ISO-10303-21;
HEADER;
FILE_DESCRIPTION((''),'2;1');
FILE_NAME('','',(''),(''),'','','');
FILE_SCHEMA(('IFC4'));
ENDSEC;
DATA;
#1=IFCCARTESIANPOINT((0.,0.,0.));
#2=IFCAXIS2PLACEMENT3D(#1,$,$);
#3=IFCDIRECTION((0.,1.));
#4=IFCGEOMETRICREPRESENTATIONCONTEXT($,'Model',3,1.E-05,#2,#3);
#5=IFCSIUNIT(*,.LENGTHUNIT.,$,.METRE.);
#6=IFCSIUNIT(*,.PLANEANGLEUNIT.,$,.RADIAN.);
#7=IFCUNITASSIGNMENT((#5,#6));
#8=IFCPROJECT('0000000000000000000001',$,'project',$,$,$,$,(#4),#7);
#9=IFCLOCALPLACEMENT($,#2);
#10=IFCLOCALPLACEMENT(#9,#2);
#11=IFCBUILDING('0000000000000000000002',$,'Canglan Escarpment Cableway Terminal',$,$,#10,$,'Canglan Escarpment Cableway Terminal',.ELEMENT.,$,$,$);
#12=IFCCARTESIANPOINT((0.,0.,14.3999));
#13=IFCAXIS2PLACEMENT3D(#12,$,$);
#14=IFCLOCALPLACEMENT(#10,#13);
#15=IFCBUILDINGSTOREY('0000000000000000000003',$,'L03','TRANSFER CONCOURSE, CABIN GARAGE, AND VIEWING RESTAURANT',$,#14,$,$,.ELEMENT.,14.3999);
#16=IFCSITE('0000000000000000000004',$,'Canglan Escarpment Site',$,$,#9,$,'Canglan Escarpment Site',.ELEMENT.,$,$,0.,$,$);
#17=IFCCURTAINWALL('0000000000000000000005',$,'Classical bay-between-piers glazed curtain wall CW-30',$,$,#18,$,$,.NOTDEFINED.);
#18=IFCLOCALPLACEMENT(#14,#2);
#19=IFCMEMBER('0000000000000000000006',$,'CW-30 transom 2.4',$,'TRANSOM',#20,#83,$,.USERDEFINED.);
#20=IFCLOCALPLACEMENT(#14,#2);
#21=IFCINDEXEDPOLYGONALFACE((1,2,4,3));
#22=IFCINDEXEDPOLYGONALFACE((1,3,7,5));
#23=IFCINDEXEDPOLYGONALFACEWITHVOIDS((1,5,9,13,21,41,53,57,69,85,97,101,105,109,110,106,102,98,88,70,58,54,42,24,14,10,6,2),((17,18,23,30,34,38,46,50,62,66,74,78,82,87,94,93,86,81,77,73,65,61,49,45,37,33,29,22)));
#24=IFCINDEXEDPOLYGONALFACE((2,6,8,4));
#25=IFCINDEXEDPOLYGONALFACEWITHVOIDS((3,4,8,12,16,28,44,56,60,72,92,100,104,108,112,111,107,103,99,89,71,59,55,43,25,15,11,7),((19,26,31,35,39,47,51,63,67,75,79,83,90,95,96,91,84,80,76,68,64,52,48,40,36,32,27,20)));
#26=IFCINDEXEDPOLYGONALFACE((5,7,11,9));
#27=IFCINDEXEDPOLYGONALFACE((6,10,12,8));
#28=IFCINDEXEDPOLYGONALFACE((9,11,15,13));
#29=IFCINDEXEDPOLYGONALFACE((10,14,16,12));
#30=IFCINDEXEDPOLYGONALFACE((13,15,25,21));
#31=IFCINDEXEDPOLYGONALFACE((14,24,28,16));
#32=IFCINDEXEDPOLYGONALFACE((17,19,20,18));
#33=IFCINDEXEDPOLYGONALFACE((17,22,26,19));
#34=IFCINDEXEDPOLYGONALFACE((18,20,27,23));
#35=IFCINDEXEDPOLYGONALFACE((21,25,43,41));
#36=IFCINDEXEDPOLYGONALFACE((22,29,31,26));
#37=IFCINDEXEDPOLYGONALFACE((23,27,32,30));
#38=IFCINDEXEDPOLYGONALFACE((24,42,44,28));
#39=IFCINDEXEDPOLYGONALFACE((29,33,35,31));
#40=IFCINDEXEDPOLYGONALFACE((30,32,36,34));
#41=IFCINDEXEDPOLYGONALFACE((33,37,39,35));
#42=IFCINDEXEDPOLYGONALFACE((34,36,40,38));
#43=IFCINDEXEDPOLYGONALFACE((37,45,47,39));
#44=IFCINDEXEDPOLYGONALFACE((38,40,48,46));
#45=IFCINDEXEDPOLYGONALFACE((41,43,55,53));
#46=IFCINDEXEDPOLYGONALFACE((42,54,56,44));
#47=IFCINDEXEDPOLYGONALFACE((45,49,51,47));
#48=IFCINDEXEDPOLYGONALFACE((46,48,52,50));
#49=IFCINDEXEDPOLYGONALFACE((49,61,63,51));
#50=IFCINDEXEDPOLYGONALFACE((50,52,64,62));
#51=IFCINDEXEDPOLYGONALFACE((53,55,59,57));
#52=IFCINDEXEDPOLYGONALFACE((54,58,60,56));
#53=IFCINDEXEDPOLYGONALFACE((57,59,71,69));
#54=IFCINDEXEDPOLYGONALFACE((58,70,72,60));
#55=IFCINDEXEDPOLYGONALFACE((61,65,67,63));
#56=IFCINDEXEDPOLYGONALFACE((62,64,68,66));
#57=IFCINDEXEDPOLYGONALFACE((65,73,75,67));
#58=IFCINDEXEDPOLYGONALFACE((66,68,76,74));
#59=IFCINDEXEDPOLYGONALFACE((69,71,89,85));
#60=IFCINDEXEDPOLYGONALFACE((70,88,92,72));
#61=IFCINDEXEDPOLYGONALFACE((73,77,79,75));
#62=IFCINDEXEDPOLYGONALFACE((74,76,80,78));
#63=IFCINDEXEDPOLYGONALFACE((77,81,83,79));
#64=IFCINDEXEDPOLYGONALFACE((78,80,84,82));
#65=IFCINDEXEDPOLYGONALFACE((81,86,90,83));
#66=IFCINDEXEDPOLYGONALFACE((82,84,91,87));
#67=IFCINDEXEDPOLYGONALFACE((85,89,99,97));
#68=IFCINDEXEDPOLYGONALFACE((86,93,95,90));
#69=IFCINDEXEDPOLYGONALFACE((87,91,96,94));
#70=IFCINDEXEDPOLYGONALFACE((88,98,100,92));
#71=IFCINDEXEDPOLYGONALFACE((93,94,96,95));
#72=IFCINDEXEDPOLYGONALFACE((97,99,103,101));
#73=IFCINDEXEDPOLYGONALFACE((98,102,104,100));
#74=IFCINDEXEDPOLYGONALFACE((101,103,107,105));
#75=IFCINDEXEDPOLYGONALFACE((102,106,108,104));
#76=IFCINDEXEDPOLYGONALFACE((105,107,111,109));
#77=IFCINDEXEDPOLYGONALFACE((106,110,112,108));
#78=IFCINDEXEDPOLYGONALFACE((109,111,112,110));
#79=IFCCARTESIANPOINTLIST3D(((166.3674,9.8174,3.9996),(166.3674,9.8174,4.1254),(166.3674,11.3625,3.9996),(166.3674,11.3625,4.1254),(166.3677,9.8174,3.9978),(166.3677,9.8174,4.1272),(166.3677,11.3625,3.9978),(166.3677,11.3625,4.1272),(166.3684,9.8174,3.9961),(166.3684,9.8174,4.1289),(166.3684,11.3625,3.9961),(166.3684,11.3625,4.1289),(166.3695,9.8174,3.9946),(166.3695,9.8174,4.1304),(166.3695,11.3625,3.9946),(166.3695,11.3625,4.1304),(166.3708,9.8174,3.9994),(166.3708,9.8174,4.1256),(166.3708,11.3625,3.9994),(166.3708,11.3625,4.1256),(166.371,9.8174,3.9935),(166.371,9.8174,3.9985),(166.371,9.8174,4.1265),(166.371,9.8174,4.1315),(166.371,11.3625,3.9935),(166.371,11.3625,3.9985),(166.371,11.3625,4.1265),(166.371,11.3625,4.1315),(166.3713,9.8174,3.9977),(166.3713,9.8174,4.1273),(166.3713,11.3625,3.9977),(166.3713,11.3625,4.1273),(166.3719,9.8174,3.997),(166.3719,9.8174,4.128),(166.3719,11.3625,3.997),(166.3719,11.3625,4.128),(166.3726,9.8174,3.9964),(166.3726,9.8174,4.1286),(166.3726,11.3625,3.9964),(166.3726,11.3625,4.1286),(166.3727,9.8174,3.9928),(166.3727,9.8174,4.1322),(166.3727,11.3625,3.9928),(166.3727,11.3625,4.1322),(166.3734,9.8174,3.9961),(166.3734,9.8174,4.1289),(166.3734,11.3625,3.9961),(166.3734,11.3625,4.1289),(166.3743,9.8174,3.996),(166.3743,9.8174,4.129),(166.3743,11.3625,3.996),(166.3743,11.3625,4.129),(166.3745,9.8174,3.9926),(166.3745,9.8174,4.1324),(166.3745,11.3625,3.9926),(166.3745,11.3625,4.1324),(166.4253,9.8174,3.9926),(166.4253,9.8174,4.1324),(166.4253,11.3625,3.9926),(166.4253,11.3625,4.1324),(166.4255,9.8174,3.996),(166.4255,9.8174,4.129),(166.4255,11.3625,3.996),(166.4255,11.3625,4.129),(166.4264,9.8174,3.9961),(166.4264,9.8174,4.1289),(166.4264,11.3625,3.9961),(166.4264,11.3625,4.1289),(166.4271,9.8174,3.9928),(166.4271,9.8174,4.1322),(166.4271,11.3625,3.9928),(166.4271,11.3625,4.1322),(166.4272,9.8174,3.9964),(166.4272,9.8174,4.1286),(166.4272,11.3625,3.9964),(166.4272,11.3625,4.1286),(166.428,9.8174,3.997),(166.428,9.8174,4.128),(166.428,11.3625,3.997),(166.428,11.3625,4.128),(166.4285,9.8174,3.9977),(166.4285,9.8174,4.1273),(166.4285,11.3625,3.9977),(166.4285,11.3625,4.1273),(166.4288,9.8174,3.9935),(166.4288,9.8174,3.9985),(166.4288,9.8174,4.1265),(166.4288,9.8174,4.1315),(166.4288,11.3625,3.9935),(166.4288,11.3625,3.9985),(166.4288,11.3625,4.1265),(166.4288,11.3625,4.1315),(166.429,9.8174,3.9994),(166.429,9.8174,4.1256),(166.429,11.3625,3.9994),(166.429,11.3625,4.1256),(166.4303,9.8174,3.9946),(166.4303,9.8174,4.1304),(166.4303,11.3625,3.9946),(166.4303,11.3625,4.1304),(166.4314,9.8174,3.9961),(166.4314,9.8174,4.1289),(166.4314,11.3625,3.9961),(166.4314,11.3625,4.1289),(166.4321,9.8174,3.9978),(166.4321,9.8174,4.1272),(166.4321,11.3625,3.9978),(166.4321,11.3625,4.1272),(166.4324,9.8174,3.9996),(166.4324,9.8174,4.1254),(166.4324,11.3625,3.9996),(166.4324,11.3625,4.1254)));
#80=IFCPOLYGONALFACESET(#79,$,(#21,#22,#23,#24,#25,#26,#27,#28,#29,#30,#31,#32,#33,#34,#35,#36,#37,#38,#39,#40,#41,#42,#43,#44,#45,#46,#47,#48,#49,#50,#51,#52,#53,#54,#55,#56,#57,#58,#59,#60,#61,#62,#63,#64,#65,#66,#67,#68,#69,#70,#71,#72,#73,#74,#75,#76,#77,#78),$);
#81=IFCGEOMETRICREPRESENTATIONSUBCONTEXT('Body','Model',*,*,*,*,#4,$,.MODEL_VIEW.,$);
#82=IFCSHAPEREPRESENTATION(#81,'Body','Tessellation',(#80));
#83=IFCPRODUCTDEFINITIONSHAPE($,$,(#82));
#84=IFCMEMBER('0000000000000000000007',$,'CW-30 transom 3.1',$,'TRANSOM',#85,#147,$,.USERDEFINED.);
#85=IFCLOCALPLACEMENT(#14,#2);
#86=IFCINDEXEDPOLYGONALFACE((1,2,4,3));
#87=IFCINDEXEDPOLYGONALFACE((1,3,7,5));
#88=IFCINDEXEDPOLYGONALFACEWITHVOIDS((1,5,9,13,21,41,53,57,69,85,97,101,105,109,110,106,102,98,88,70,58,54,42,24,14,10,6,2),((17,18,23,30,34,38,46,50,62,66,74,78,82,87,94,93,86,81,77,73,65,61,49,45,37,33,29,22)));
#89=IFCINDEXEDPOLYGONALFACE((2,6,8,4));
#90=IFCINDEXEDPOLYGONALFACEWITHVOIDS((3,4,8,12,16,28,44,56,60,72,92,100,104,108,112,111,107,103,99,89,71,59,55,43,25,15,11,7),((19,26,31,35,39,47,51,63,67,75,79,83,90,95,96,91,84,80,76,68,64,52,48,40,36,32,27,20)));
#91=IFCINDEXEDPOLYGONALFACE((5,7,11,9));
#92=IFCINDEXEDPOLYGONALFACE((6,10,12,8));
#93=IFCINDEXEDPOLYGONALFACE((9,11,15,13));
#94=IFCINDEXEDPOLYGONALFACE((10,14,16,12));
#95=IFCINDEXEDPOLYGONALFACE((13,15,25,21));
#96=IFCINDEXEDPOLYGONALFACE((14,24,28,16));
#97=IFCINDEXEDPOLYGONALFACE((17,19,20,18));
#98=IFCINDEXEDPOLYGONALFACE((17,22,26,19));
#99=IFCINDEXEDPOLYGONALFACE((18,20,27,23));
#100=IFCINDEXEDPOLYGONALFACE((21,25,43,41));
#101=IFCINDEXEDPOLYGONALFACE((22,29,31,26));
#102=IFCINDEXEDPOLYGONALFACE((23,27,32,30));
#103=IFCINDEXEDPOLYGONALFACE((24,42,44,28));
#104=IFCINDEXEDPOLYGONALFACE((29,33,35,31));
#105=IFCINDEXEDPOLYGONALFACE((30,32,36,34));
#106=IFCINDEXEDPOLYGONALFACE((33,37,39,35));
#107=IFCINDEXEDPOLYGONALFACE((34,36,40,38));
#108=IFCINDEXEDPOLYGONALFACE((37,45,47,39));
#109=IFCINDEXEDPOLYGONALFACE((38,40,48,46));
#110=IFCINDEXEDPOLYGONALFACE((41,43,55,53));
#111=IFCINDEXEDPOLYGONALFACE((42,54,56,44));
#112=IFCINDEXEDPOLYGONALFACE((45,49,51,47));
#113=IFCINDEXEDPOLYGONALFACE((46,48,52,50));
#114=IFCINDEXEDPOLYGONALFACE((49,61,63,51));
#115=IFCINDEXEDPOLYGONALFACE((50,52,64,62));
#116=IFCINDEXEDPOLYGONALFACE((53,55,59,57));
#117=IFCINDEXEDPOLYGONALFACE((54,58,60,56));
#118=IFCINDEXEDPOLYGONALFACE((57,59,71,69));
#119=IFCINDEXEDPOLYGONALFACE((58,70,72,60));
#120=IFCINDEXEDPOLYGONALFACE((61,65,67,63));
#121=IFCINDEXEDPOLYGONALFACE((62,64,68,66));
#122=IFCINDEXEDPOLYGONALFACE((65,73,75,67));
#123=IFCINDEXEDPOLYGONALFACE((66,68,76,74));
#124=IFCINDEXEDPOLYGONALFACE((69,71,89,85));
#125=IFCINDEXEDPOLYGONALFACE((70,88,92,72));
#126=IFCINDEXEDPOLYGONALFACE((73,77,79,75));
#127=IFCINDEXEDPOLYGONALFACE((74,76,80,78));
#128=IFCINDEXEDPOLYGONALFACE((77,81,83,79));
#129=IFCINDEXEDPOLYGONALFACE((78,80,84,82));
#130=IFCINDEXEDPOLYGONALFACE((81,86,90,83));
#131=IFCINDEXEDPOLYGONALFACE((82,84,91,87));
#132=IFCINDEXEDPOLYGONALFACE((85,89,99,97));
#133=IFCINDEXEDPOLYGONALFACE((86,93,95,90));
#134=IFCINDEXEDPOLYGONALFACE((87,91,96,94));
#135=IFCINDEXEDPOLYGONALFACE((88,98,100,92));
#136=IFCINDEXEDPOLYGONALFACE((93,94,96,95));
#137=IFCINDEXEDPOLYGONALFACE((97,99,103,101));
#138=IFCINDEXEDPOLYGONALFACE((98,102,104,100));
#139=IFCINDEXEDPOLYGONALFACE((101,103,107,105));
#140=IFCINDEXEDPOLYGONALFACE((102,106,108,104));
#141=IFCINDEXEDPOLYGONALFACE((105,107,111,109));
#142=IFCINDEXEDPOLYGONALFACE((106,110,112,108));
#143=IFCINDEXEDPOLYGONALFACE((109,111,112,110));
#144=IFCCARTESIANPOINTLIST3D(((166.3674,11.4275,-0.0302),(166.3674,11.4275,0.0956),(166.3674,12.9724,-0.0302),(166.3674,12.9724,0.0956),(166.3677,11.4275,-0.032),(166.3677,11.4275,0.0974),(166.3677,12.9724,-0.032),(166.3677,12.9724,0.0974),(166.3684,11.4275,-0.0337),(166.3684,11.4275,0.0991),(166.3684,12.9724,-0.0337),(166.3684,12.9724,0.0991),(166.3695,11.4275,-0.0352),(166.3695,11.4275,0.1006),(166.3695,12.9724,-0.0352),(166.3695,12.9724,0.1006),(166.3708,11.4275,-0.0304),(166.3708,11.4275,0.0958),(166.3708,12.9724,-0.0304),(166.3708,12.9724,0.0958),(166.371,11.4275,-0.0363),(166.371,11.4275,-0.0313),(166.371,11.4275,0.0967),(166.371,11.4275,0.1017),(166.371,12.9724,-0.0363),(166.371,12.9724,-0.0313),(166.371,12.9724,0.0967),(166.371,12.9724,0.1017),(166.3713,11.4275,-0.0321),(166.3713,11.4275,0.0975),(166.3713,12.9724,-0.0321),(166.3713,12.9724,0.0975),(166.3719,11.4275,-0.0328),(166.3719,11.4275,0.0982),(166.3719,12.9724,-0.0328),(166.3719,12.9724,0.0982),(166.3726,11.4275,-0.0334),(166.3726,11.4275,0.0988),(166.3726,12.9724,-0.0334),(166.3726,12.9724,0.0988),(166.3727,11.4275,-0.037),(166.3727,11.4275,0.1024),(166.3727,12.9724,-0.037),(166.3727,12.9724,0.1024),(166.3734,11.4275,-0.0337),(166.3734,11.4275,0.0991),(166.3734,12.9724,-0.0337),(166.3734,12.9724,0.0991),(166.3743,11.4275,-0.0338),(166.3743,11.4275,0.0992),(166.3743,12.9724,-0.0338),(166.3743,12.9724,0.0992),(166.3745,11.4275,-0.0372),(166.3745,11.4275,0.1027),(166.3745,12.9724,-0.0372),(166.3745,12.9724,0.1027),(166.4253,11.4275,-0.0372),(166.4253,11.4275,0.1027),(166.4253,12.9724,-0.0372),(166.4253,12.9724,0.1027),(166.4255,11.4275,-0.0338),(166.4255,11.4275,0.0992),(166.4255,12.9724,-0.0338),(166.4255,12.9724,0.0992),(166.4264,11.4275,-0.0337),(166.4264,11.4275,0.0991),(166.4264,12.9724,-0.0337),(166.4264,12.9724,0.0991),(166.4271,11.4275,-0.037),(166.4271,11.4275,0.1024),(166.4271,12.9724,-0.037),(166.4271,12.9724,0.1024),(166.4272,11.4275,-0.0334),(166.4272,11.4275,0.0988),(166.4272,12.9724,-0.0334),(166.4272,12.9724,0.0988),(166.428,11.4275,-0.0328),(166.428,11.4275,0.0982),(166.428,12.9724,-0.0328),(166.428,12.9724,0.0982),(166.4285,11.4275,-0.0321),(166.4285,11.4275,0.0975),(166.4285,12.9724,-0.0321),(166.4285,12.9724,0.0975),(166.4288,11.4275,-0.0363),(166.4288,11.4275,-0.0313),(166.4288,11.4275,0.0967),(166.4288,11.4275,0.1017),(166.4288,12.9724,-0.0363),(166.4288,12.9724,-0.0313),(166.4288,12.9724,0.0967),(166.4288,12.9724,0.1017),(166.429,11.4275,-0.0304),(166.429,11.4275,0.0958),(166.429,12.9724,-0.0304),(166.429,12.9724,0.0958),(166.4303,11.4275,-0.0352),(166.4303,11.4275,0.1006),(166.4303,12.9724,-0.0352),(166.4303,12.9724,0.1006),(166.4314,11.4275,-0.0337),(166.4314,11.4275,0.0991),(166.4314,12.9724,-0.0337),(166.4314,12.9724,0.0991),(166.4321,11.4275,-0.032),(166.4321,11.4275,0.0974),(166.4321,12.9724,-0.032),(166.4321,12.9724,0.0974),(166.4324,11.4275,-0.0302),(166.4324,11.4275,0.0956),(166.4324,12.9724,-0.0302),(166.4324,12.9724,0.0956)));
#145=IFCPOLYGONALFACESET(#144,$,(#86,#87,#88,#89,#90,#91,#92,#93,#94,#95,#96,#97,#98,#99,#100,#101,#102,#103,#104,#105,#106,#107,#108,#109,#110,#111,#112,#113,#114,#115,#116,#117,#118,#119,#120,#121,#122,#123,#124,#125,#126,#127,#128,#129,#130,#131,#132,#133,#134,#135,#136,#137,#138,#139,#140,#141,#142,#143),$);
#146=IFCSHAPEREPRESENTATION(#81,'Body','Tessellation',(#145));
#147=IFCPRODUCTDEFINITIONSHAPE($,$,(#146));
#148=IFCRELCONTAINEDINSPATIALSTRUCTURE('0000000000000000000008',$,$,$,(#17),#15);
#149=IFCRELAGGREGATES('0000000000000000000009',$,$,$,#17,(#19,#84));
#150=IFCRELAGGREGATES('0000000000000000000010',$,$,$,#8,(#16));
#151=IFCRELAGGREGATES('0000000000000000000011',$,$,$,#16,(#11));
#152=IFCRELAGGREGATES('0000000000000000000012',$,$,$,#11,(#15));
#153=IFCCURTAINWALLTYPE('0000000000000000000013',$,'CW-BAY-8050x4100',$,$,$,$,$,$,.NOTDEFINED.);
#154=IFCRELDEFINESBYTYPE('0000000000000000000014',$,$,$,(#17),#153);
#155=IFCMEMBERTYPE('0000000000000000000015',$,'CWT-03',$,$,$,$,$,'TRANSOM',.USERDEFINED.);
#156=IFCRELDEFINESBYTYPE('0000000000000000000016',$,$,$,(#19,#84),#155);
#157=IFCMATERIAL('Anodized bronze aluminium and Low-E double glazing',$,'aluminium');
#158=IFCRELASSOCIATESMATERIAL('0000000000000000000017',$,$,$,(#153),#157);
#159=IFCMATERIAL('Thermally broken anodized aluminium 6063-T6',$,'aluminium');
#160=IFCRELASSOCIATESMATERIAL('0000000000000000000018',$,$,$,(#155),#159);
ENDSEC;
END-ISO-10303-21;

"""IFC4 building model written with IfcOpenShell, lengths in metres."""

from ifc_helpers import new_model, si_unit, direction, frame, origin, origin_2d, place, context, subcontext, project, spatial, hollow_rectangle, extrude, material, material_profile, profile_set, type_object, element, aggregate, save


model = new_model("IFC4")

# Units and contexts
model_context = context("Model", 3, precision=1e-05, world=origin(), true_north=direction((0.0, 1.0)))
body_context = subcontext(model_context, "Body", "Model", "MODEL_VIEW")
ifc_project = project(units=[si_unit("LENGTHUNIT", "METRE"), si_unit("PLANEANGLEUNIT", "RADIAN")], contexts=[model_context])

# Site, building, storey
site_placement = place(None, origin())
site = spatial("IfcSite", under=ifc_project, at=site_placement, Name="Canglan Escarpment Site", LongName="Canglan Escarpment Site", CompositionType="ELEMENT", RefElevation=0.0)
building_placement = place(site_placement, origin())
building = spatial("IfcBuilding", under=site, at=building_placement, Name="Canglan Escarpment Cableway Terminal", LongName="Canglan Escarpment Cableway Terminal", CompositionType="ELEMENT")
storey_placement = place(building_placement, frame((0.0, 0.0, 14.3999)))
storey = spatial("IfcBuildingStorey", under=building, at=storey_placement, Name="L03", Description="TRANSFER CONCOURSE, CABIN GARAGE, AND VIEWING RESTAURANT", CompositionType="ELEMENT", Elevation=14.3999)

# Shared definitions
ifc_material_1 = material(Name="Anodized bronze aluminium and Low-E double glazing", Category="aluminium")
ifc_material_2 = material(Name="Thermally broken anodized aluminium 6063-T6", Category="aluminium")

# Curtain wall, members
curtain_wall_type_1 = type_object("IfcCurtainWallType", Name="CW-BAY-8050x4100", PredefinedType="NOTDEFINED", material=ifc_material_1)
curtain_wall_1_placement = place(storey_placement, origin())
curtain_wall_1 = element("IfcCurtainWall", 1, at=curtain_wall_1_placement, inside=storey, type_object=curtain_wall_type_1, Name="Classical bay-between-piers glazed curtain wall CW-30", PredefinedType="NOTDEFINED")
ifc_material_profile_1 = material_profile(ifc_material_2, hollow_rectangle(XDim=0.0649, YDim=0.1399, WallThickness=0.0034, InnerFilletRadius=0.0034, OuterFilletRadius=0.0071, at=origin_2d()), Name="ALU-TRAN 65x140x3.5")
ifc_profile_set_1 = profile_set([ifc_material_profile_1], Name="Thermally broken anodized aluminium 6063-T6")
member_type_1 = type_object("IfcMemberType", Name="CWT-03", ElementType="TRANSOM", PredefinedType="USERDEFINED", material=ifc_profile_set_1)
member_1_placement = place(storey_placement, frame((166.3999, 9.8174, 4.0625), z_axis=(0.0, 1.0, 0.0), x_axis=(-1.0, 0.0, 0.0)))
member_1 = element("IfcMember", 2, at=member_1_placement, type_object=member_type_1, Name="CW-30 transom 2.4", ObjectType="TRANSOM", PredefinedType="USERDEFINED", context=body_context, shape_type="SweptSolid", body=[
    extrude(hollow_rectangle(XDim=0.0649, YDim=0.1399, WallThickness=0.0034, InnerFilletRadius=0.0034, OuterFilletRadius=0.0071, at=origin_2d()), origin(), (0.0, 0.0, 1.0), 1.5452),
])
member_2_placement = place(storey_placement, frame((166.3999, 11.4275, 0.0327), z_axis=(0.0, 1.0, 0.0), x_axis=(-1.0, 0.0, 0.0)))
member_2 = element("IfcMember", 3, at=member_2_placement, type_object=member_type_1, Name="CW-30 transom 3.1", ObjectType="TRANSOM", PredefinedType="USERDEFINED", context=body_context, shape_type="SweptSolid", body=[
    extrude(hollow_rectangle(XDim=0.0649, YDim=0.1399, WallThickness=0.0034, InnerFilletRadius=0.0034, OuterFilletRadius=0.0071, at=origin_2d()), origin(), (0.0, 0.0, 1.0), 1.5449),
])
aggregate(curtain_wall_1, [member_1, member_2])

save(model, "model.ifc")
